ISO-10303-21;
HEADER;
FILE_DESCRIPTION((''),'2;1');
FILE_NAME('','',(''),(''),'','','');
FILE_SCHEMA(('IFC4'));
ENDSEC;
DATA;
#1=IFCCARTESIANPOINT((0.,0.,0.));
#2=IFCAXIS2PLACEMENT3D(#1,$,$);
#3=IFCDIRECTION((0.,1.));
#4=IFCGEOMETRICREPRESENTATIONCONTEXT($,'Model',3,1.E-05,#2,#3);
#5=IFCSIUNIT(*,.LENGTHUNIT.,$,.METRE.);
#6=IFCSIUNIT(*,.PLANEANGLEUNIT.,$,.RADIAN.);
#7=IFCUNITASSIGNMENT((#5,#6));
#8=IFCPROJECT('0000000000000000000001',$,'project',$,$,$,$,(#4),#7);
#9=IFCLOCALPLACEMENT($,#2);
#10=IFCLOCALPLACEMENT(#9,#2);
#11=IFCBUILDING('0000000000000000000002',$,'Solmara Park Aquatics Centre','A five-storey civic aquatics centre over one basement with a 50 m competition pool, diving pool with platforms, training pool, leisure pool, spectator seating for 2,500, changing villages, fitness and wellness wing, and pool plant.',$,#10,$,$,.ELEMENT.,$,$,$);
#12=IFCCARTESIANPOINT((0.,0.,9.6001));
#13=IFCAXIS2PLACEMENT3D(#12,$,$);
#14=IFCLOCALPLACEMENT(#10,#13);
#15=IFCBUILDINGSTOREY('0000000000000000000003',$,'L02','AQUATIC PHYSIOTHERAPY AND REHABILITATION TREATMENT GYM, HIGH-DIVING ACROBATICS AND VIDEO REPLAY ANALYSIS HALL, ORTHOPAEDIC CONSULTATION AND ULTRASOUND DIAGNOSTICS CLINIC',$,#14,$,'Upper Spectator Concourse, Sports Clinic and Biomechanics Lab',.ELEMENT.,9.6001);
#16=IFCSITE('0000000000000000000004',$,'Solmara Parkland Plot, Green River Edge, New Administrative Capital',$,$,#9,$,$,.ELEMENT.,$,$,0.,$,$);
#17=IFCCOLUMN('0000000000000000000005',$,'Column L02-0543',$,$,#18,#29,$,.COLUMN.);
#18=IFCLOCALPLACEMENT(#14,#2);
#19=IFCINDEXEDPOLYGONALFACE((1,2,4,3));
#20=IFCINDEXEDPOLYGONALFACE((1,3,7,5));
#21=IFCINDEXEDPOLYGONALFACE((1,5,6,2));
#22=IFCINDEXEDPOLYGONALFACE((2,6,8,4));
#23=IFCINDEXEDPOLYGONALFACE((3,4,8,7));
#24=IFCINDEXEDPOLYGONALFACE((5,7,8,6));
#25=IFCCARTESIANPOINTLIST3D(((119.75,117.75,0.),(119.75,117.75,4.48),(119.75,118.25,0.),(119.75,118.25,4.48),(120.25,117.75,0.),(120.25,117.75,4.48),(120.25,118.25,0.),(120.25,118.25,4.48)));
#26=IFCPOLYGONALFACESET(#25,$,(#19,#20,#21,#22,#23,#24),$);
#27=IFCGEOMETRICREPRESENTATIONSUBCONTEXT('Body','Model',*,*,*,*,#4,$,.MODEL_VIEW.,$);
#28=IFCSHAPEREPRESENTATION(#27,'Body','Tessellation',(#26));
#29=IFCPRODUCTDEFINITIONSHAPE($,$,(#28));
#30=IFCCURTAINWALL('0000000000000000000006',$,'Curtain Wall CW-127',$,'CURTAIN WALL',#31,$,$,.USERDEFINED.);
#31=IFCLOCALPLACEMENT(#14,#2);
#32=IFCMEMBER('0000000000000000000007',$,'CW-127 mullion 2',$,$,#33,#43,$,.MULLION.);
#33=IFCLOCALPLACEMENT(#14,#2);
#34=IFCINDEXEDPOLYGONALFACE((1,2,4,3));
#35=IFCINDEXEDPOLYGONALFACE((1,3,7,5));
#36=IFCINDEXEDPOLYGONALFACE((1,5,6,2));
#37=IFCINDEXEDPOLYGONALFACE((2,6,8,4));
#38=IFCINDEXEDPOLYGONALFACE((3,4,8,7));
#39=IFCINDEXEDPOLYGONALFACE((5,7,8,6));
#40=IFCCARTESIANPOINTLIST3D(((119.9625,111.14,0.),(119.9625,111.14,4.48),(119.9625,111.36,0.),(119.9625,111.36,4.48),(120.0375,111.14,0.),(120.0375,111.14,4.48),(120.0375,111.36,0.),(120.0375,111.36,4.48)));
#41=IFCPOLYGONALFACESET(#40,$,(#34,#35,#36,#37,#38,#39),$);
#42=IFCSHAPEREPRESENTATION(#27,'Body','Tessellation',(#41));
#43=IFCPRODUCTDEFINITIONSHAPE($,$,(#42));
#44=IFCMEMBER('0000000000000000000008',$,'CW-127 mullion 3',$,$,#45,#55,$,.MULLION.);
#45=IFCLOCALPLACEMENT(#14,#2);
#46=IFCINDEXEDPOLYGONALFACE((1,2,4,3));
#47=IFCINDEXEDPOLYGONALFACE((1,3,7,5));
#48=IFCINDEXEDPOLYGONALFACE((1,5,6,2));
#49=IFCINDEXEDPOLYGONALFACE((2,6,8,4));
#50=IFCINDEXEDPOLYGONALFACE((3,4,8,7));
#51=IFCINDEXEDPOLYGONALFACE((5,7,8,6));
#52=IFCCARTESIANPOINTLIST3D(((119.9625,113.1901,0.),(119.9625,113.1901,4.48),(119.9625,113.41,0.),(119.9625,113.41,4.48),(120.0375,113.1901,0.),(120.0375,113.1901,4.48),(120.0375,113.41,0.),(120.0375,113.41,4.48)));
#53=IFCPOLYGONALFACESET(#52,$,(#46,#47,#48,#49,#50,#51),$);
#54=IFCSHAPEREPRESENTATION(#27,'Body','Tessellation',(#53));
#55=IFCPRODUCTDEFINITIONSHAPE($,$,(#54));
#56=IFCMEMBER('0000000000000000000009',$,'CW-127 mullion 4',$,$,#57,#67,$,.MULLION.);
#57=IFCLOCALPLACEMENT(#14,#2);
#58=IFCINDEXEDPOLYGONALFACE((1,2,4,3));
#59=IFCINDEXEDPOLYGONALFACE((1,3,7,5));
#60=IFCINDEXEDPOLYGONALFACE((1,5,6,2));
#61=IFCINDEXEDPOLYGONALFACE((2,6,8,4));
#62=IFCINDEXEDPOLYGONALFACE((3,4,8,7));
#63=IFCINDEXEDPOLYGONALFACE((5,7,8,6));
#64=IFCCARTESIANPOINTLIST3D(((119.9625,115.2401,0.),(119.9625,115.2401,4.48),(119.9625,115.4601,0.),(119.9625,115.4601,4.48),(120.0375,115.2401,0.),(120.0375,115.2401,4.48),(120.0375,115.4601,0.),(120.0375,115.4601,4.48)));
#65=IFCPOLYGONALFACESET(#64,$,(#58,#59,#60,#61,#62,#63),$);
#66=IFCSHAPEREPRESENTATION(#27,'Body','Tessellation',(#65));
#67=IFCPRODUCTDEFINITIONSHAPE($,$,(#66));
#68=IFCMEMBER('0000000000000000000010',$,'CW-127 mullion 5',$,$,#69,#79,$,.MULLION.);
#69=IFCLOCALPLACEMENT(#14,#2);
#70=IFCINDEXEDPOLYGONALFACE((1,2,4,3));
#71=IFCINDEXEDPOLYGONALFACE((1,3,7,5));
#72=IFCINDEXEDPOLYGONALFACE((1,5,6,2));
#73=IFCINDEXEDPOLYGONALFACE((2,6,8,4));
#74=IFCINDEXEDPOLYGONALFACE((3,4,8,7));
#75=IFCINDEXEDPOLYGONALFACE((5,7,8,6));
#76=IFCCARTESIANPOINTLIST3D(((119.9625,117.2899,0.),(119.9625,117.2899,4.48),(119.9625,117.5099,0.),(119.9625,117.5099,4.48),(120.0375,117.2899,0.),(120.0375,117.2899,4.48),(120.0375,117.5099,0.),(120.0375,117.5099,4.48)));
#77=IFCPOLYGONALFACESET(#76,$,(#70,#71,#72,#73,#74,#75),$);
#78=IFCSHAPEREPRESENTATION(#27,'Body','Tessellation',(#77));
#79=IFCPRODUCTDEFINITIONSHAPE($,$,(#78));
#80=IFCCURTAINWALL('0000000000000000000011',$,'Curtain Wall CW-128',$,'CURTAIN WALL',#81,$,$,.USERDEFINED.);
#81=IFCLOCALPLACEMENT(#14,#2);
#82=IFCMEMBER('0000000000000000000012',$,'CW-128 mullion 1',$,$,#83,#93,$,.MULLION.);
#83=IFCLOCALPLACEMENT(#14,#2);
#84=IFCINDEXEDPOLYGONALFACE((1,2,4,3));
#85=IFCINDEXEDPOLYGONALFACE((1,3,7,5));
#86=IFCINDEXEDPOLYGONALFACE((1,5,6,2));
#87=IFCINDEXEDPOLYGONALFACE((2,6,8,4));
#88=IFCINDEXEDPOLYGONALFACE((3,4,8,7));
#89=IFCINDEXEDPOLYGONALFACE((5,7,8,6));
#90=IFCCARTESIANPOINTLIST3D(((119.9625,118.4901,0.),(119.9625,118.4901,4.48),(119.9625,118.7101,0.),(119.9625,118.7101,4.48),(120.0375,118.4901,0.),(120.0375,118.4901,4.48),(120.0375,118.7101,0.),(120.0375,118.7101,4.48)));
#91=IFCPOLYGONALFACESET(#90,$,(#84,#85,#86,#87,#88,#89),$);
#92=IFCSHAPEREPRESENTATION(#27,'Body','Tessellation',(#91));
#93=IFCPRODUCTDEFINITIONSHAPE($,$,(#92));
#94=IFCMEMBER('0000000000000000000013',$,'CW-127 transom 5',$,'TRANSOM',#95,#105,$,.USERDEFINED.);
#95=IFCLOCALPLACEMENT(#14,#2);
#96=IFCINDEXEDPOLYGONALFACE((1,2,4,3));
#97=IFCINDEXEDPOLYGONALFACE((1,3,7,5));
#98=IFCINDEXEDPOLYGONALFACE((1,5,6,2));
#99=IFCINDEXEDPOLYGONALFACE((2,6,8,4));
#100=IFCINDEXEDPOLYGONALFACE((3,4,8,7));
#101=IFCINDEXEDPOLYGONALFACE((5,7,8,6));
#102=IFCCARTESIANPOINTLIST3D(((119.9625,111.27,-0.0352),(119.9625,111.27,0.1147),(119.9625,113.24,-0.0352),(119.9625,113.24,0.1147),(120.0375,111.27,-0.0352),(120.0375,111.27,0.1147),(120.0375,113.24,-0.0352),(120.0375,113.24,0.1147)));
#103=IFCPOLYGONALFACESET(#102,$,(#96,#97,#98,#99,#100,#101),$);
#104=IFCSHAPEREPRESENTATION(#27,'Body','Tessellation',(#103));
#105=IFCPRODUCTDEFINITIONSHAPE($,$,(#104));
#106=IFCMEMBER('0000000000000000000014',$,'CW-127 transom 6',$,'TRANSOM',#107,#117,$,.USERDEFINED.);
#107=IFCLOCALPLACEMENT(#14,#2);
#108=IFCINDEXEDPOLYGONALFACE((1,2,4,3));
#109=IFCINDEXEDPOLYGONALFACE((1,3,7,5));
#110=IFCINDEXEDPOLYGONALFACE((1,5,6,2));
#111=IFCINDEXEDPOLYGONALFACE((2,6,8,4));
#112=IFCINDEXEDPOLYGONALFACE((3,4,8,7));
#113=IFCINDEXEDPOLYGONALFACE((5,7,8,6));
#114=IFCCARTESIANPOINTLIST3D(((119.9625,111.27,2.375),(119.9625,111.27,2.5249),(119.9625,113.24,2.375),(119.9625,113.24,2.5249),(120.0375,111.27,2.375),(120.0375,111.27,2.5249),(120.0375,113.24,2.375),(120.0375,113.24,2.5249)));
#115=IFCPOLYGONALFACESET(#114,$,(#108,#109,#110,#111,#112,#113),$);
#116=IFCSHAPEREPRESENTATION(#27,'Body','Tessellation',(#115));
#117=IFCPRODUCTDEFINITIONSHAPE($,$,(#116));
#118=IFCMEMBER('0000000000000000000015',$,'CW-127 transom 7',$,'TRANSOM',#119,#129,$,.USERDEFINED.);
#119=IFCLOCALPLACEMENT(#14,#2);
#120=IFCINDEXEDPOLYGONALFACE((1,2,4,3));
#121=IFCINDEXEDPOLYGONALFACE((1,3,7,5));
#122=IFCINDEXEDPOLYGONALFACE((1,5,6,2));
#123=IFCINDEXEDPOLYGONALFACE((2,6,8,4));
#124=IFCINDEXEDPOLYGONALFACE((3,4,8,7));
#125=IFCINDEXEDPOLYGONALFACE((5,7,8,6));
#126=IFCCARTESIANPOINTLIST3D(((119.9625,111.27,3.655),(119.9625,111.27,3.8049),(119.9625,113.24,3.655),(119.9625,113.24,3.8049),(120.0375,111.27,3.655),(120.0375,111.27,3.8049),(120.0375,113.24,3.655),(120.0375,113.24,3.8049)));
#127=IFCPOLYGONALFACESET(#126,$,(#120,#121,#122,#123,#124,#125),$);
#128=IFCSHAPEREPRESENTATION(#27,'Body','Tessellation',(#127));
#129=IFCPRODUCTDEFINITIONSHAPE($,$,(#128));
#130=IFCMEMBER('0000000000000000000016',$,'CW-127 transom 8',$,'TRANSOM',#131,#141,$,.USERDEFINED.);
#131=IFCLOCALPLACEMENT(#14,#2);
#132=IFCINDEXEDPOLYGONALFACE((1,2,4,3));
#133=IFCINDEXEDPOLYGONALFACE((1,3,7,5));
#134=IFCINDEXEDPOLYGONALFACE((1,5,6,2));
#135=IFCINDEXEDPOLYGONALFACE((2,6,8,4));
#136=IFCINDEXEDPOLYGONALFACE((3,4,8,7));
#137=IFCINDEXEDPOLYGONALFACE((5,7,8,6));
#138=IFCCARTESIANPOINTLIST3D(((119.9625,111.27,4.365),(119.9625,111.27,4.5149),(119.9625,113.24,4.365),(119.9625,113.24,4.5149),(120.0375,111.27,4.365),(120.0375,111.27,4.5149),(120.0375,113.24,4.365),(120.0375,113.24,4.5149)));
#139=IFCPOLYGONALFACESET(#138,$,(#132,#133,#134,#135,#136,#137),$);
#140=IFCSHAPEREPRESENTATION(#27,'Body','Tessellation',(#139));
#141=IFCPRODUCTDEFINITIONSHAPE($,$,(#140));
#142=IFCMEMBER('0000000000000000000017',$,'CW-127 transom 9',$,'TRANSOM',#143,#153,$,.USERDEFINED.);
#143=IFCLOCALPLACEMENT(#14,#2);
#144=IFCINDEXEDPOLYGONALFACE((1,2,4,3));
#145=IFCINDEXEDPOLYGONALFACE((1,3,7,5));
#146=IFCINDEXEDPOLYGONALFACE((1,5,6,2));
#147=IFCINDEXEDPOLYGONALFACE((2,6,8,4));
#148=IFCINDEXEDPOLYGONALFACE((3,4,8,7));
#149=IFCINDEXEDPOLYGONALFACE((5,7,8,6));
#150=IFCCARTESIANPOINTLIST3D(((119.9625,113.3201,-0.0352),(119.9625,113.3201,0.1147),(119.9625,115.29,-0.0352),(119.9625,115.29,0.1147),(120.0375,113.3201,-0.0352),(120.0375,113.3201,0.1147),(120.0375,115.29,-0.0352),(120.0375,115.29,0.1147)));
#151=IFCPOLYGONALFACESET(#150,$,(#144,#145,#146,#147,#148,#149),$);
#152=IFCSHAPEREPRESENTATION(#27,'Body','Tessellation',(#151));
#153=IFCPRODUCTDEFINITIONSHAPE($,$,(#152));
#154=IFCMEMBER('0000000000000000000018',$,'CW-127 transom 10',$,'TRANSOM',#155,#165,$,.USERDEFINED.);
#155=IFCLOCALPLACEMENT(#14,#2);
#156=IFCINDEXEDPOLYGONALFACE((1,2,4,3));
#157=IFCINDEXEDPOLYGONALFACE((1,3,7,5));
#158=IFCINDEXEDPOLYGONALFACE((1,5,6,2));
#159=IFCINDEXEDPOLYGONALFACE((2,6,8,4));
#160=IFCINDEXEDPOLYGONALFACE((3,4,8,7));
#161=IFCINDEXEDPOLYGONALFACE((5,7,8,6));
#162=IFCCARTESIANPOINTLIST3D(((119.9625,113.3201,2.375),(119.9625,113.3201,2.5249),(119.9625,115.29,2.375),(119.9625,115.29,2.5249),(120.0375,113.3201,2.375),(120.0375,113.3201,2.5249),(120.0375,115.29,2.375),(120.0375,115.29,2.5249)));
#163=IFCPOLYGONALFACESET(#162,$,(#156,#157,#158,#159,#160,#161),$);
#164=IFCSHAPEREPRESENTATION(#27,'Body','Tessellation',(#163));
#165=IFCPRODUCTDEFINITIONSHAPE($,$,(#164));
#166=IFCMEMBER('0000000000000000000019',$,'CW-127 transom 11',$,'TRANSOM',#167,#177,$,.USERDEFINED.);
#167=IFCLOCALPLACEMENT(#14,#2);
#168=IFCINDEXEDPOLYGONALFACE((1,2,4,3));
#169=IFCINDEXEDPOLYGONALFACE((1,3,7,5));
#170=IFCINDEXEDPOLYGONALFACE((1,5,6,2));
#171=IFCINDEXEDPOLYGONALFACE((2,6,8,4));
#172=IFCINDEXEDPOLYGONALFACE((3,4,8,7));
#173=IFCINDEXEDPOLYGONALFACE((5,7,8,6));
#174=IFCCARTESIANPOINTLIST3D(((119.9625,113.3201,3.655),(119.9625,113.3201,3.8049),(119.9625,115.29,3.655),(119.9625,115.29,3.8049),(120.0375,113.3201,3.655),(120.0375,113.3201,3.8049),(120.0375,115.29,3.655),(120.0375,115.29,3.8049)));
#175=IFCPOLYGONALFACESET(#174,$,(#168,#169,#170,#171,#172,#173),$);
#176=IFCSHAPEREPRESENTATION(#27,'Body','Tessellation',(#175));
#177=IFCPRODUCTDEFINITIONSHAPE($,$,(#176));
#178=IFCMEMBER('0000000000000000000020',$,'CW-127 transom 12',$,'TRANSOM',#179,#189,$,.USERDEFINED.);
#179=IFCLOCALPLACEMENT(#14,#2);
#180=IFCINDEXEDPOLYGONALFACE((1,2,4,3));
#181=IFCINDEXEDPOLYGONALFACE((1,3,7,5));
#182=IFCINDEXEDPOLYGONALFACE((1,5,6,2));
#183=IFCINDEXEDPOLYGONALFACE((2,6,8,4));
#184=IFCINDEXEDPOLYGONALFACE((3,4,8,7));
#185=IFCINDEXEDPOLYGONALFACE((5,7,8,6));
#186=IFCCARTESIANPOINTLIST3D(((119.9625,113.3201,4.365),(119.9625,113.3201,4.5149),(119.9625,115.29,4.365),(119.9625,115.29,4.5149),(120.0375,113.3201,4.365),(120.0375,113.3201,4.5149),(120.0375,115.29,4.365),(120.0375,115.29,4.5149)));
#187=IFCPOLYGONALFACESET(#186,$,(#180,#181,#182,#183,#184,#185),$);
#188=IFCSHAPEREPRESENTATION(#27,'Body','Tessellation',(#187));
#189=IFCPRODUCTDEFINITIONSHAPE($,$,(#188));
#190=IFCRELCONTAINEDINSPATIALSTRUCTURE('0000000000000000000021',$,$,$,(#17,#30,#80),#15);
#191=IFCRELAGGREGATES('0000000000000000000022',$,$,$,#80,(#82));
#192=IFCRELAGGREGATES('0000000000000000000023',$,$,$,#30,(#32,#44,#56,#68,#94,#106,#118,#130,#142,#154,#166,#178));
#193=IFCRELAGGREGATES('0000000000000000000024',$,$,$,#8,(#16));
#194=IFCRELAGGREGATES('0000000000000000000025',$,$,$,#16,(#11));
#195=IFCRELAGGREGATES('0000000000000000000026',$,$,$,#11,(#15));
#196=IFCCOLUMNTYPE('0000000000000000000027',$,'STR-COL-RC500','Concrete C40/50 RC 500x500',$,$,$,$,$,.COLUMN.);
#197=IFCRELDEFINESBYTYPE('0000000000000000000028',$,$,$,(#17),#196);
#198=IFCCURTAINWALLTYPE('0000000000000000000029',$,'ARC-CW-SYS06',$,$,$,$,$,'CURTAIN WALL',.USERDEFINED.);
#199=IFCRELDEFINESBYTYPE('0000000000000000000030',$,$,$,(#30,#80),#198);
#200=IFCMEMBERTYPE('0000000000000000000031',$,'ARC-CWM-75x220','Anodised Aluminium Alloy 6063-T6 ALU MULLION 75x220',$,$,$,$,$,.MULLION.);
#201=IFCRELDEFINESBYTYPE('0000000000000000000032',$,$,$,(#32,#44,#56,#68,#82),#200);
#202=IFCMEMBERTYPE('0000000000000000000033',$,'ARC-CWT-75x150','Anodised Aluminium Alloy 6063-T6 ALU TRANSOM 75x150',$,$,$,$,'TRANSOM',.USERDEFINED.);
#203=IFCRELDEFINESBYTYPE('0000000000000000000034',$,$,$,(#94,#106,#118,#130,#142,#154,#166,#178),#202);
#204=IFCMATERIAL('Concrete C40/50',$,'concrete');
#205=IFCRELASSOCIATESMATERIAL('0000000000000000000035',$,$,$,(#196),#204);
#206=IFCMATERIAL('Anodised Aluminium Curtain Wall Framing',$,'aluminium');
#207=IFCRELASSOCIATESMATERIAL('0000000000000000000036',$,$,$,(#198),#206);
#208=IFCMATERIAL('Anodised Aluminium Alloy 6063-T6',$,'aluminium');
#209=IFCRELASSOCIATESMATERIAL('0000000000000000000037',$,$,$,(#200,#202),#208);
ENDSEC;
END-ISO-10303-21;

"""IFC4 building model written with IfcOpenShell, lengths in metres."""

from ifc_helpers import new_model, si_unit, direction, frame, origin, origin_2d, place, context, subcontext, project, spatial, rectangle, extrude, material, material_profile, profile_set, type_object, element, aggregate, save


model = new_model("IFC4")

# Units and contexts
model_context = context("Model", 3, precision=1e-05, world=origin(), true_north=direction((0.0, 1.0)))
body_context = subcontext(model_context, "Body", "Model", "MODEL_VIEW")
ifc_project = project(units=[si_unit("LENGTHUNIT", "METRE"), si_unit("PLANEANGLEUNIT", "RADIAN")], contexts=[model_context])

# Site, building, storey
site_placement = place(None, origin())
site = spatial("IfcSite", under=ifc_project, at=site_placement, Name="Solmara Parkland Plot, Green River Edge, New Administrative Capital", CompositionType="ELEMENT", RefElevation=0.0)
building_placement = place(site_placement, origin())
building = spatial("IfcBuilding", under=site, at=building_placement, Name="Solmara Park Aquatics Centre", Description="A five-storey civic aquatics centre over one basement with a 50 m competition pool, diving pool with platforms, training pool, leisure pool, spectator seating for 2,500, changing villages, fitness and wellness wing, and pool plant.", CompositionType="ELEMENT")
storey_placement = place(building_placement, frame((0.0, 0.0, 9.6001)))
storey = spatial("IfcBuildingStorey", under=building, at=storey_placement, Name="L02", Description="AQUATIC PHYSIOTHERAPY AND REHABILITATION TREATMENT GYM, HIGH-DIVING ACROBATICS AND VIDEO REPLAY ANALYSIS HALL, ORTHOPAEDIC CONSULTATION AND ULTRASOUND DIAGNOSTICS CLINIC", LongName="Upper Spectator Concourse, Sports Clinic and Biomechanics Lab", CompositionType="ELEMENT", Elevation=9.6001)

# Column
ifc_material_1 = material(Name="Concrete C40/50", Category="concrete")
ifc_material_profile_1 = material_profile(ifc_material_1, rectangle(XDim=0.5, YDim=0.5, at=origin_2d()), Name="RC 500x500")
ifc_profile_set_1 = profile_set([ifc_material_profile_1], Name="Concrete C40/50")
column_type = type_object("IfcColumnType", Name="STR-COL-RC500", Description="Concrete C40/50 RC 500x500", PredefinedType="COLUMN", material=ifc_profile_set_1)
column_placement = place(storey_placement, frame((120.0, 118.0, 0.0), z_axis=(0.0, 0.0, 1.0), x_axis=(1.0, 0.0, 0.0)))
element("IfcColumn", 1, at=column_placement, inside=storey, type_object=column_type, Name="Column L02-0543", PredefinedType="COLUMN", context=body_context, shape_type="SweptSolid", body=[
    extrude(rectangle(XDim=0.5, YDim=0.5, at=origin_2d()), origin(), (0.0, 0.0, 1.0), 4.48),
])

# Curtain wall, members
ifc_material_2 = material(Name="Anodised Aluminium Curtain Wall Framing", Category="aluminium")
curtain_wall_type = type_object("IfcCurtainWallType", Name="ARC-CW-SYS06", ElementType="CURTAIN WALL", PredefinedType="USERDEFINED", material=ifc_material_2)
curtain_wall_1_placement = place(storey_placement, origin())
curtain_wall_1 = element("IfcCurtainWall", 2, at=curtain_wall_1_placement, inside=storey, type_object=curtain_wall_type, Name="Curtain Wall CW-127", ObjectType="CURTAIN WALL", PredefinedType="USERDEFINED")
ifc_material_3 = material(Name="Anodised Aluminium Alloy 6063-T6", Category="aluminium")
ifc_material_profile_2 = material_profile(ifc_material_3, rectangle(XDim=0.075, YDim=0.22, at=origin_2d()), Name="ALU MULLION 75x220")
ifc_profile_set_2 = profile_set([ifc_material_profile_2], Name="Anodised Aluminium Alloy 6063-T6")
member_type_1 = type_object("IfcMemberType", Name="ARC-CWM-75x220", Description="Anodised Aluminium Alloy 6063-T6 ALU MULLION 75x220", PredefinedType="MULLION", material=ifc_profile_set_2)
member_1_placement = place(storey_placement, frame((120.0, 111.25, 0.0), z_axis=(0.0, 0.0, 1.0), x_axis=(1.0, 0.0, 0.0)))
member_1 = element("IfcMember", 3, at=member_1_placement, type_object=member_type_1, Name="CW-127 mullion 2", PredefinedType="MULLION", context=body_context, shape_type="SweptSolid", body=[
    extrude(rectangle(XDim=0.075, YDim=0.22, at=origin_2d()), origin(), (0.0, 0.0, 1.0), 4.48),
])
member_2_placement = place(storey_placement, frame((120.0, 113.3, 0.0), z_axis=(0.0, 0.0, 1.0), x_axis=(1.0, 0.0, 0.0)))
member_2 = element("IfcMember", 4, at=member_2_placement, type_object=member_type_1, Name="CW-127 mullion 3", PredefinedType="MULLION", context=body_context, shape_type="SweptSolid", body=[
    extrude(rectangle(XDim=0.075, YDim=0.22, at=origin_2d()), origin(), (0.0, 0.0, 1.0), 4.48),
])
member_3_placement = place(storey_placement, frame((120.0, 115.3501, 0.0), z_axis=(0.0, 0.0, 1.0), x_axis=(1.0, 0.0, 0.0)))
member_3 = element("IfcMember", 5, at=member_3_placement, type_object=member_type_1, Name="CW-127 mullion 4", PredefinedType="MULLION", context=body_context, shape_type="SweptSolid", body=[
    extrude(rectangle(XDim=0.075, YDim=0.22, at=origin_2d()), origin(), (0.0, 0.0, 1.0), 4.48),
])
member_4_placement = place(storey_placement, frame((120.0, 117.3999, 0.0), z_axis=(0.0, 0.0, 1.0), x_axis=(1.0, 0.0, 0.0)))
member_4 = element("IfcMember", 6, at=member_4_placement, type_object=member_type_1, Name="CW-127 mullion 5", PredefinedType="MULLION", context=body_context, shape_type="SweptSolid", body=[
    extrude(rectangle(XDim=0.075, YDim=0.22, at=origin_2d()), origin(), (0.0, 0.0, 1.0), 4.48),
])

# Curtain wall, member
curtain_wall_2_placement = place(storey_placement, origin())
curtain_wall_2 = element("IfcCurtainWall", 7, at=curtain_wall_2_placement, inside=storey, type_object=curtain_wall_type, Name="Curtain Wall CW-128", ObjectType="CURTAIN WALL", PredefinedType="USERDEFINED")
member_5_placement = place(storey_placement, frame((120.0, 118.6001, 0.0), z_axis=(0.0, 0.0, 1.0), x_axis=(1.0, 0.0, 0.0)))
member_5 = element("IfcMember", 8, at=member_5_placement, type_object=member_type_1, Name="CW-128 mullion 1", PredefinedType="MULLION", context=body_context, shape_type="SweptSolid", body=[
    extrude(rectangle(XDim=0.075, YDim=0.22, at=origin_2d()), origin(), (0.0, 0.0, 1.0), 4.48),
])

# Members
ifc_material_profile_3 = material_profile(ifc_material_3, rectangle(XDim=0.075, YDim=0.1499, at=origin_2d()), Name="ALU TRANSOM 75x150")
ifc_profile_set_3 = profile_set([ifc_material_profile_3], Name="Anodised Aluminium Alloy 6063-T6")
member_type_2 = type_object("IfcMemberType", Name="ARC-CWT-75x150", Description="Anodised Aluminium Alloy 6063-T6 ALU TRANSOM 75x150", ElementType="TRANSOM", PredefinedType="USERDEFINED", material=ifc_profile_set_3)
member_6_placement = place(storey_placement, frame((120.0, 111.27, 0.0398), z_axis=(0.0, 1.0, 0.0), x_axis=(-1.0, 0.0, 0.0)))
member_6 = element("IfcMember", 9, at=member_6_placement, type_object=member_type_2, Name="CW-127 transom 5", ObjectType="TRANSOM", PredefinedType="USERDEFINED", context=body_context, shape_type="SweptSolid", body=[
    extrude(rectangle(XDim=0.075, YDim=0.1499, at=origin_2d()), origin(), (0.0, 0.0, 1.0), 1.97),
])
member_7_placement = place(storey_placement, frame((120.0, 111.27, 2.45), z_axis=(0.0, 1.0, 0.0), x_axis=(-1.0, 0.0, 0.0)))
member_7 = element("IfcMember", 10, at=member_7_placement, type_object=member_type_2, Name="CW-127 transom 6", ObjectType="TRANSOM", PredefinedType="USERDEFINED", context=body_context, shape_type="SweptSolid", body=[
    extrude(rectangle(XDim=0.075, YDim=0.1499, at=origin_2d()), origin(), (0.0, 0.0, 1.0), 1.97),
])
member_8_placement = place(storey_placement, frame((120.0, 111.27, 3.73), z_axis=(0.0, 1.0, 0.0), x_axis=(-1.0, 0.0, 0.0)))
member_8 = element("IfcMember", 11, at=member_8_placement, type_object=member_type_2, Name="CW-127 transom 7", ObjectType="TRANSOM", PredefinedType="USERDEFINED", context=body_context, shape_type="SweptSolid", body=[
    extrude(rectangle(XDim=0.075, YDim=0.1499, at=origin_2d()), origin(), (0.0, 0.0, 1.0), 1.97),
])
member_9_placement = place(storey_placement, frame((120.0, 111.27, 4.4399), z_axis=(0.0, 1.0, 0.0), x_axis=(-1.0, 0.0, 0.0)))
member_9 = element("IfcMember", 12, at=member_9_placement, type_object=member_type_2, Name="CW-127 transom 8", ObjectType="TRANSOM", PredefinedType="USERDEFINED", context=body_context, shape_type="SweptSolid", body=[
    extrude(rectangle(XDim=0.075, YDim=0.1499, at=origin_2d()), origin(), (0.0, 0.0, 1.0), 1.97),
])
member_10_placement = place(storey_placement, frame((120.0, 113.3201, 0.0398), z_axis=(0.0, 1.0, 0.0), x_axis=(-1.0, 0.0, 0.0)))
member_10 = element("IfcMember", 13, at=member_10_placement, type_object=member_type_2, Name="CW-127 transom 9", ObjectType="TRANSOM", PredefinedType="USERDEFINED", context=body_context, shape_type="SweptSolid", body=[
    extrude(rectangle(XDim=0.075, YDim=0.1499, at=origin_2d()), origin(), (0.0, 0.0, 1.0), 1.97),
])
member_11_placement = place(storey_placement, frame((120.0, 113.3201, 2.45), z_axis=(0.0, 1.0, 0.0), x_axis=(-1.0, 0.0, 0.0)))
member_11 = element("IfcMember", 14, at=member_11_placement, type_object=member_type_2, Name="CW-127 transom 10", ObjectType="TRANSOM", PredefinedType="USERDEFINED", context=body_context, shape_type="SweptSolid", body=[
    extrude(rectangle(XDim=0.075, YDim=0.1499, at=origin_2d()), origin(), (0.0, 0.0, 1.0), 1.97),
])
member_12_placement = place(storey_placement, frame((120.0, 113.3201, 3.73), z_axis=(0.0, 1.0, 0.0), x_axis=(-1.0, 0.0, 0.0)))
member_12 = element("IfcMember", 15, at=member_12_placement, type_object=member_type_2, Name="CW-127 transom 11", ObjectType="TRANSOM", PredefinedType="USERDEFINED", context=body_context, shape_type="SweptSolid", body=[
    extrude(rectangle(XDim=0.075, YDim=0.1499, at=origin_2d()), origin(), (0.0, 0.0, 1.0), 1.97),
])
member_13_placement = place(storey_placement, frame((120.0, 113.3201, 4.4399), z_axis=(0.0, 1.0, 0.0), x_axis=(-1.0, 0.0, 0.0)))
member_13 = element("IfcMember", 16, at=member_13_placement, type_object=member_type_2, Name="CW-127 transom 12", ObjectType="TRANSOM", PredefinedType="USERDEFINED", context=body_context, shape_type="SweptSolid", body=[
    extrude(rectangle(XDim=0.075, YDim=0.1499, at=origin_2d()), origin(), (0.0, 0.0, 1.0), 1.97),
])
aggregate(curtain_wall_2, [member_5])

aggregate(curtain_wall_1, [member_1, member_2, member_3, member_4, member_6, member_7, member_8, member_9, member_10, member_11, member_12, member_13])

save(model, "model.ifc")
